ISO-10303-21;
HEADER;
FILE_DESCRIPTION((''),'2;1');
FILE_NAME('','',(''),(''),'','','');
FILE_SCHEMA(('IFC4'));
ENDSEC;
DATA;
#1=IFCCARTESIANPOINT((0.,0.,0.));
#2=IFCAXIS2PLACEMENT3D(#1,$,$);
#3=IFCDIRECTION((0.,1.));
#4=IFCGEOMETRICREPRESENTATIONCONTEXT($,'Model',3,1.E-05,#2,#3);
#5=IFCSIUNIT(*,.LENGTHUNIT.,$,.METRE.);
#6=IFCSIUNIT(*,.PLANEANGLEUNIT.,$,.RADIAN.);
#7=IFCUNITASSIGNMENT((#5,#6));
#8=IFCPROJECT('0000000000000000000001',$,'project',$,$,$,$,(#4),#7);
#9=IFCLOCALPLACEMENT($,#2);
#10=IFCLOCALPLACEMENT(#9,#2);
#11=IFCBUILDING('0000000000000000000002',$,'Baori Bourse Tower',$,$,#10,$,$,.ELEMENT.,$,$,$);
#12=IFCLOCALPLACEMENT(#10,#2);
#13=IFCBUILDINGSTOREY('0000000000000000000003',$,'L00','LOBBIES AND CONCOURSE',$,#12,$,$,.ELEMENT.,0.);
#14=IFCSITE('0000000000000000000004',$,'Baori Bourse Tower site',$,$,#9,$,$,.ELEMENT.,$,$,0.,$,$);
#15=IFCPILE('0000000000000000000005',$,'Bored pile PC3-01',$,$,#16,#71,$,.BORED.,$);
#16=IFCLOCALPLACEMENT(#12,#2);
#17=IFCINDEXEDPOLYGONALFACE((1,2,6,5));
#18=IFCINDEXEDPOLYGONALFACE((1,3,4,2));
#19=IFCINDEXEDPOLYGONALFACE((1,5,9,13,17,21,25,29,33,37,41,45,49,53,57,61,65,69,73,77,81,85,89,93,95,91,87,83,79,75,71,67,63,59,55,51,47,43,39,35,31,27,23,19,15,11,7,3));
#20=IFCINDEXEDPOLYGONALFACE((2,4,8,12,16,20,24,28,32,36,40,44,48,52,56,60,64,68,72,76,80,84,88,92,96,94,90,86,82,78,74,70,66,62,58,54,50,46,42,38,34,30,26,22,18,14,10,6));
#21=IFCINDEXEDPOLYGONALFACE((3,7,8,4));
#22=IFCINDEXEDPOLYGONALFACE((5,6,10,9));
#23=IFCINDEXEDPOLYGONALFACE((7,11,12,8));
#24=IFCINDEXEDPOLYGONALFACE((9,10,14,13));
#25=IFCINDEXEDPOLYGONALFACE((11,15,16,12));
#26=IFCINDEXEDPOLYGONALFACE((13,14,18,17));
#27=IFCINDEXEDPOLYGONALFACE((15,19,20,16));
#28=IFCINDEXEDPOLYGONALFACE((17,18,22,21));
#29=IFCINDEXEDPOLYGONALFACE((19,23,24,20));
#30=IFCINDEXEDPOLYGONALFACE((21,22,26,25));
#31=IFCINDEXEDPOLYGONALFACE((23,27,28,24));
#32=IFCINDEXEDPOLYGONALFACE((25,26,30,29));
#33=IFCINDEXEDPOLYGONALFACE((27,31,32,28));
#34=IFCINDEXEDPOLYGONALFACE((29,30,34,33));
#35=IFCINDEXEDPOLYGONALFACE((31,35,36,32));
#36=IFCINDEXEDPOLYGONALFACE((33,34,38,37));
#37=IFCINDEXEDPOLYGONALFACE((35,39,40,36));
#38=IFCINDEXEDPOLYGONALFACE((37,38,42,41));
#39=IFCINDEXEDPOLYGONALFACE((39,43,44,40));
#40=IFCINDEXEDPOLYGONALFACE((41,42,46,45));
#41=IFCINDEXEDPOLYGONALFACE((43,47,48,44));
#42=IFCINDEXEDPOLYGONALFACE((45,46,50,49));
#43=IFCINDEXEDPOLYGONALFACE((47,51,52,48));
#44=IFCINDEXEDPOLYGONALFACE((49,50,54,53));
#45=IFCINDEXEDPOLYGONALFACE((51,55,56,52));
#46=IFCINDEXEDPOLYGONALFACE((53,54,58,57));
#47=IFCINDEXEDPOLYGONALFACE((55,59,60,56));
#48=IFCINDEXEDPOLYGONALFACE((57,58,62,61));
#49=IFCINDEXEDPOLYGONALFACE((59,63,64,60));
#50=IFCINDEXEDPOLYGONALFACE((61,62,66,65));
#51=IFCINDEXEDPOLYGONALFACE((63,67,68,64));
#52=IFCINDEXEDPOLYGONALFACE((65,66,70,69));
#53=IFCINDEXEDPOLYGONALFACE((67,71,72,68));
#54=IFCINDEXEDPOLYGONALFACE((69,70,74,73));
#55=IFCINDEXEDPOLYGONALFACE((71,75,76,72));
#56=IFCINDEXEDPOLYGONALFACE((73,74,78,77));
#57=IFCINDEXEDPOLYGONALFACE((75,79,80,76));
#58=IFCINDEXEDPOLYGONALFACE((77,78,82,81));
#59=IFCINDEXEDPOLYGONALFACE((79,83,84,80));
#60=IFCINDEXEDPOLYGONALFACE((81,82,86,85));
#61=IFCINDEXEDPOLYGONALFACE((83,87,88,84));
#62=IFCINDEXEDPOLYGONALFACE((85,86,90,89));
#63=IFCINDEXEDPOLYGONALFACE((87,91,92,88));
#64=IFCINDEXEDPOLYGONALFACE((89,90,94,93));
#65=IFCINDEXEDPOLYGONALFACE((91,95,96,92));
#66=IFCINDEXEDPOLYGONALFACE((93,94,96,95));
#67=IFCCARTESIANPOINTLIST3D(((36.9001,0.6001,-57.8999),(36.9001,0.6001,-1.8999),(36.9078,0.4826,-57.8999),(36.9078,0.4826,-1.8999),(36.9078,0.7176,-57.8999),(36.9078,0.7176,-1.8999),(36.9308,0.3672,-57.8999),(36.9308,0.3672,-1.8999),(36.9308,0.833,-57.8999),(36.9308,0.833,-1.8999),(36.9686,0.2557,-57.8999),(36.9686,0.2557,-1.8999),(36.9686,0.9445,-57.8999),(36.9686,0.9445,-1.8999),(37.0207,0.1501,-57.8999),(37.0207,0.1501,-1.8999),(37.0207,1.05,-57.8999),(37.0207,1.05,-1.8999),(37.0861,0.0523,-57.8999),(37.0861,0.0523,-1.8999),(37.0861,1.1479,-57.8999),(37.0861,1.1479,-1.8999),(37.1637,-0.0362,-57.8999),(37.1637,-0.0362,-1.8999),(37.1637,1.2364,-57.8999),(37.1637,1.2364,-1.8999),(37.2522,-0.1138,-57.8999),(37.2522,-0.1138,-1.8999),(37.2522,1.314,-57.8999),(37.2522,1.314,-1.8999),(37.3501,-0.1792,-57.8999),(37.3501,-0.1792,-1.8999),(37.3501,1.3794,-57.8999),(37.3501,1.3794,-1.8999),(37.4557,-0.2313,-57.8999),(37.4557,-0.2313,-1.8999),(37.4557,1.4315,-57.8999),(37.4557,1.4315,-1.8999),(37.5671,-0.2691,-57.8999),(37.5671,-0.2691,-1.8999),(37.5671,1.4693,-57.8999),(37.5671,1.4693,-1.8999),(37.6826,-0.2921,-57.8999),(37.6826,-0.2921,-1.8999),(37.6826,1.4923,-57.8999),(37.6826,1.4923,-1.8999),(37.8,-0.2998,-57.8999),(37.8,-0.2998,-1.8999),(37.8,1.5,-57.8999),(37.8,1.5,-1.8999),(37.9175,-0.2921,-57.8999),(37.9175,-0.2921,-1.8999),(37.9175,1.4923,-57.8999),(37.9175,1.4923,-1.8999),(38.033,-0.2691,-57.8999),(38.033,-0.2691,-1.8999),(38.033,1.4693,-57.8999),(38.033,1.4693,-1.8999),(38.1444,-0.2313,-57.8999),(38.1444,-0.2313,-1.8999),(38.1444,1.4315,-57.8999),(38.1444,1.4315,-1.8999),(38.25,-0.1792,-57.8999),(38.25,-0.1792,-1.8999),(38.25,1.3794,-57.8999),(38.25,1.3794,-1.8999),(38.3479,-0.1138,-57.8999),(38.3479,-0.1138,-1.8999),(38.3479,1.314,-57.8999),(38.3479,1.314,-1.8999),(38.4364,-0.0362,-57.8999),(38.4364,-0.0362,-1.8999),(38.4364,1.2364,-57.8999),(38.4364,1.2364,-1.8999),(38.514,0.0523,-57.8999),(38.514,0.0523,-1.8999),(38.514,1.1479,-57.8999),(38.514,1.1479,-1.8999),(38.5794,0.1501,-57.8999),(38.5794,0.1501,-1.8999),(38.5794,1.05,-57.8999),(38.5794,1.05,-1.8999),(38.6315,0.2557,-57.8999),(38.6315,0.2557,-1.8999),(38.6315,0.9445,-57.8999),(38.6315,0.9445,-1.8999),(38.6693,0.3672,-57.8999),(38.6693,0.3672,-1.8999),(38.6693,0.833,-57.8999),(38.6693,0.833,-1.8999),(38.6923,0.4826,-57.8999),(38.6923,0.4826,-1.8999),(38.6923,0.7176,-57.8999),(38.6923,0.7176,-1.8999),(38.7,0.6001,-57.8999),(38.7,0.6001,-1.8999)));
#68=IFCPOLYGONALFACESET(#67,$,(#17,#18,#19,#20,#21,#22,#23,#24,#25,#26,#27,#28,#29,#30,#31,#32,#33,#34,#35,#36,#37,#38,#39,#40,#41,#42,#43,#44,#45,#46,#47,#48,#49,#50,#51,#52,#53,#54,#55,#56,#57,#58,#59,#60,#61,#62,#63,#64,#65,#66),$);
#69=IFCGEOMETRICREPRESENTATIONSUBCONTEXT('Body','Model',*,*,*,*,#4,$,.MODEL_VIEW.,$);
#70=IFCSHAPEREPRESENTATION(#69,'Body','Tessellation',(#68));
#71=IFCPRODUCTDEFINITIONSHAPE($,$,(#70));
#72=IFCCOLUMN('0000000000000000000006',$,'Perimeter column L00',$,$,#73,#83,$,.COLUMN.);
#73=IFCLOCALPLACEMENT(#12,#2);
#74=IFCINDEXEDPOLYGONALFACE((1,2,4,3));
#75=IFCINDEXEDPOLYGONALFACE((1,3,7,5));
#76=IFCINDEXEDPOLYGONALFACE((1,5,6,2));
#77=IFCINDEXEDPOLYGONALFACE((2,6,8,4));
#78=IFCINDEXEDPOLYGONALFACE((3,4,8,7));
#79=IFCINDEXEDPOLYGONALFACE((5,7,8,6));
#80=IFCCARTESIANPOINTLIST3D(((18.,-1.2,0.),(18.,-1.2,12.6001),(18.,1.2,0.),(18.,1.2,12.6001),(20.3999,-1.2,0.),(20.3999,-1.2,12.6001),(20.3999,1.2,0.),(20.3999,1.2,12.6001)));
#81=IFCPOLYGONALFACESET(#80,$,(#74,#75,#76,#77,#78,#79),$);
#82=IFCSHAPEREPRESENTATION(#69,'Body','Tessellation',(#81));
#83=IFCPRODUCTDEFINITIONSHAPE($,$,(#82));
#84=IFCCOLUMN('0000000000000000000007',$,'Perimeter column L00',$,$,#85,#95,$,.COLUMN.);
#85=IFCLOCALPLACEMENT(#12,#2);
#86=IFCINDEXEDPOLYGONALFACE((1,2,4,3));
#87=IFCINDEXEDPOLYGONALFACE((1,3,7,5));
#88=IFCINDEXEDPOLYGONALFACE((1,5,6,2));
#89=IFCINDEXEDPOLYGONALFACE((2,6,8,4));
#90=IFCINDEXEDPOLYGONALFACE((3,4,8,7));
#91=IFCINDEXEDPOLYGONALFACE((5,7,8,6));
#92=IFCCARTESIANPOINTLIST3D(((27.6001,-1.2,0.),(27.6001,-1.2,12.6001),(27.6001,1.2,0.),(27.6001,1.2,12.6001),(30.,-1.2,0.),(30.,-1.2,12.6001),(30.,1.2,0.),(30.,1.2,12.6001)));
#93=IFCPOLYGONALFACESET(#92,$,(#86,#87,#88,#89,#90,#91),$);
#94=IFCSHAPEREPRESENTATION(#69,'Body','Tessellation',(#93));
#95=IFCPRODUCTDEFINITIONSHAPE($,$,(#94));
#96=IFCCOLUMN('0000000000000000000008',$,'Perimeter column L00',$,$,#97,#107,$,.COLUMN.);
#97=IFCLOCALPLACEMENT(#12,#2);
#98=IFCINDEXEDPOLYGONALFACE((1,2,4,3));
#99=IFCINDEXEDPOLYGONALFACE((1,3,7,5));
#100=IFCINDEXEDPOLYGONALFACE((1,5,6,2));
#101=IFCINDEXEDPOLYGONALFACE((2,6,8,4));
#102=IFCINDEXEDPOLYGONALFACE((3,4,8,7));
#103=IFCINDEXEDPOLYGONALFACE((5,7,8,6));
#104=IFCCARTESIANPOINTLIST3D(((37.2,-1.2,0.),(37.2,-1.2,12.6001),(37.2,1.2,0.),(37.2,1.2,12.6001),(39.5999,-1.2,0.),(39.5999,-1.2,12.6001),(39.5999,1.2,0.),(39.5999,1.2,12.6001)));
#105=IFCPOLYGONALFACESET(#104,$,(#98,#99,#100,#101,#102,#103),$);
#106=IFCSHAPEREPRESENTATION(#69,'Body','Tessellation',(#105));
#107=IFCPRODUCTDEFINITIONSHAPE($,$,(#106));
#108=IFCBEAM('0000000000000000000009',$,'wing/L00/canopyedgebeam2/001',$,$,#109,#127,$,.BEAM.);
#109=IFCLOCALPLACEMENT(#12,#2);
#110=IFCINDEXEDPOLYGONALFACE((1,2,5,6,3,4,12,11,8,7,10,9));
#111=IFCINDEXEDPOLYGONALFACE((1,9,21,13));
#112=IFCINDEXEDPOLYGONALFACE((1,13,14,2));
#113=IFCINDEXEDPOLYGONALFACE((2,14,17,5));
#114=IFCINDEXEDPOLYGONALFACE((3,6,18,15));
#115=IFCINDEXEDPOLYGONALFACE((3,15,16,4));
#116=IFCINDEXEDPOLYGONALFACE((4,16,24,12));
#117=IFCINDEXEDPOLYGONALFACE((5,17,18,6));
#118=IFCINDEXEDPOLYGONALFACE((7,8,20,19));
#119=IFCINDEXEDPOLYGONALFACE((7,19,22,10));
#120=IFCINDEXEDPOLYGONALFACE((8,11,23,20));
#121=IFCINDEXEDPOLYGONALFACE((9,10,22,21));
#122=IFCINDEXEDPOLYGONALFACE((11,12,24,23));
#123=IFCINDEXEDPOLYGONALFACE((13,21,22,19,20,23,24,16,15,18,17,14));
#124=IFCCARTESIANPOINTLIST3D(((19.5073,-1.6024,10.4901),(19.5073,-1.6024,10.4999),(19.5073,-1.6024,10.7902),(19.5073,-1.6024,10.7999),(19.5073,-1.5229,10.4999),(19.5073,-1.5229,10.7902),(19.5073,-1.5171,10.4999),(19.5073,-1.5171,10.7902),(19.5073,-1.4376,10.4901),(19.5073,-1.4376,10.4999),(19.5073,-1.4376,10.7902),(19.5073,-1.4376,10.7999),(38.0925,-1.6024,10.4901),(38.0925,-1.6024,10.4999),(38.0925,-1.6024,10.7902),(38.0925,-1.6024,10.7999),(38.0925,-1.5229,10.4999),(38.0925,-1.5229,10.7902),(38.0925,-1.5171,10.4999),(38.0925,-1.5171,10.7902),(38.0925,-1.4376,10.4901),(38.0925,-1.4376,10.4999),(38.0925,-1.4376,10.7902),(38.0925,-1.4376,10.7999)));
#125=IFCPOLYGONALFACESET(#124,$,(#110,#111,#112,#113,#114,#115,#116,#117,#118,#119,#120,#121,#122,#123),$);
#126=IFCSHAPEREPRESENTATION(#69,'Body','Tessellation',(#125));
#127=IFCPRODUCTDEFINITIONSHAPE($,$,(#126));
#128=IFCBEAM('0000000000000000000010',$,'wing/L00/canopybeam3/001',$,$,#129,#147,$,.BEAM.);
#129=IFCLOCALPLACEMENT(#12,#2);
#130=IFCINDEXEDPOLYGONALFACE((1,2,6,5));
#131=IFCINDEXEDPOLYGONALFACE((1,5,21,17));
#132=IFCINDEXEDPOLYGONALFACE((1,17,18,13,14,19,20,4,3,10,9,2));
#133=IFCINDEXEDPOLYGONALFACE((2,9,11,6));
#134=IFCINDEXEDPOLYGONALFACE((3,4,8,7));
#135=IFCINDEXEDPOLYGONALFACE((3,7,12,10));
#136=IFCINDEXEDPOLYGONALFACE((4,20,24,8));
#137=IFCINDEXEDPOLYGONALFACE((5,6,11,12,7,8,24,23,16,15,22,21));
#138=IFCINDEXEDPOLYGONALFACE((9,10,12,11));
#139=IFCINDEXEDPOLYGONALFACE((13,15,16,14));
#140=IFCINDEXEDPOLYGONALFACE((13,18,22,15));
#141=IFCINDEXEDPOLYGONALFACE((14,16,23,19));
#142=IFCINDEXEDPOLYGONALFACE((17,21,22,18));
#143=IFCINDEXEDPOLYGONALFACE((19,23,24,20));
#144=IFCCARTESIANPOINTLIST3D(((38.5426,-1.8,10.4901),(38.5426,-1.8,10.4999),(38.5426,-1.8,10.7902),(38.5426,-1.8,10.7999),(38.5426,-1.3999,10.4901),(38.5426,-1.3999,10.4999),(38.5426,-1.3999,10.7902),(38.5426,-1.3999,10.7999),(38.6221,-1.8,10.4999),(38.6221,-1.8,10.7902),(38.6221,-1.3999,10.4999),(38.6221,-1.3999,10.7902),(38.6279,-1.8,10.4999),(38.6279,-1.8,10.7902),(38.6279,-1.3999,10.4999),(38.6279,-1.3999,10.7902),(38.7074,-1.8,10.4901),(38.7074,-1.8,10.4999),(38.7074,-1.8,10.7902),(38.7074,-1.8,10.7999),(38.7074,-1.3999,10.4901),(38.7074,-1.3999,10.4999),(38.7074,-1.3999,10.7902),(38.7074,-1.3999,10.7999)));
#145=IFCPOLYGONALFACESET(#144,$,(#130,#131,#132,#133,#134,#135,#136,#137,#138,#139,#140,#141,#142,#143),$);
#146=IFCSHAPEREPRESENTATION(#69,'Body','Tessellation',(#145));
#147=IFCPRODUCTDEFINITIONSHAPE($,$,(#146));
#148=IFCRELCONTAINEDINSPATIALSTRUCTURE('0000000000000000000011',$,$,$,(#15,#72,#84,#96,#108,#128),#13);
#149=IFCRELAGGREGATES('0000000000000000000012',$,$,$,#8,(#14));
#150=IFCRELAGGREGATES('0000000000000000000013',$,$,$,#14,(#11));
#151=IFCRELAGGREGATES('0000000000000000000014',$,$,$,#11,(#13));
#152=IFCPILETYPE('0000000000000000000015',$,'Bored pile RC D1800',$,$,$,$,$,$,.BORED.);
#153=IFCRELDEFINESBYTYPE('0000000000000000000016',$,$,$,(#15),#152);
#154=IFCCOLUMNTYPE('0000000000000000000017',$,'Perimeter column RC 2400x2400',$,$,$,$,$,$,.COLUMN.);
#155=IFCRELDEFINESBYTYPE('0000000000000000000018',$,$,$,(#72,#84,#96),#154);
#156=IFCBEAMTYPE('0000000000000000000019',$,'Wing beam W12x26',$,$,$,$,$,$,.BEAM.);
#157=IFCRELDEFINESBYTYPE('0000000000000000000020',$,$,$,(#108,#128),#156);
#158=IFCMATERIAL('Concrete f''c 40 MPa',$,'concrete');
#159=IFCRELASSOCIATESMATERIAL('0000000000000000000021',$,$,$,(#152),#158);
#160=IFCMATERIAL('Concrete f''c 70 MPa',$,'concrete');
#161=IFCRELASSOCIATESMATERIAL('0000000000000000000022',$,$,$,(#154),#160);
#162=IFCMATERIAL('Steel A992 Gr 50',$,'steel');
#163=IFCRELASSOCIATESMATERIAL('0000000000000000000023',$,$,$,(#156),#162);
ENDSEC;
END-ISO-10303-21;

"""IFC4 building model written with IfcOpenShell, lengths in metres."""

from ifc_helpers import new_model, si_unit, direction, frame, origin, origin_2d, place, context, subcontext, project, spatial, rectangle, circle, i_section, extrude, material, material_profile, profile_set, type_object, element, save


model = new_model("IFC4")

# Units and contexts
model_context = context("Model", 3, precision=1e-05, world=origin(), true_north=direction((0.0, 1.0)))
body_context = subcontext(model_context, "Body", "Model", "MODEL_VIEW")
ifc_project = project(units=[si_unit("LENGTHUNIT", "METRE"), si_unit("PLANEANGLEUNIT", "RADIAN")], contexts=[model_context])

# Site, building, storey
site_placement = place(None, origin())
site = spatial("IfcSite", under=ifc_project, at=site_placement, Name="Baori Bourse Tower site", CompositionType="ELEMENT", RefElevation=0.0)
building_placement = place(site_placement, origin())
building = spatial("IfcBuilding", under=site, at=building_placement, Name="Baori Bourse Tower", CompositionType="ELEMENT")
storey_placement = place(building_placement, origin())
storey = spatial("IfcBuildingStorey", under=building, at=storey_placement, Name="L00", Description="LOBBIES AND CONCOURSE", CompositionType="ELEMENT", Elevation=0.0)

# Pile
ifc_material_1 = material(Name="Concrete f'c 40 MPa", Category="concrete")
ifc_material_profile_1 = material_profile(ifc_material_1, circle(Radius=0.8999, at=origin_2d()), Name="RC D1800")
ifc_profile_set_1 = profile_set([ifc_material_profile_1], Name="Concrete f'c 40 MPa")
pile_type = type_object("IfcPileType", Name="Bored pile RC D1800", PredefinedType="BORED", material=ifc_profile_set_1)
pile_1_placement = place(storey_placement, frame((37.8, 0.6001, -1.8999), z_axis=(0.0, 0.0, -1.0), x_axis=(1.0, 0.0, 0.0)))
element("IfcPile", 1, at=pile_1_placement, inside=storey, type_object=pile_type, Name="Bored pile PC3-01", PredefinedType="BORED", context=body_context, shape_type="SweptSolid", body=[
    extrude(circle(Radius=0.8999, at=origin_2d()), origin(), (0.0, 0.0, 1.0), 56.0),
])

# Columns
ifc_material_2 = material(Name="Concrete f'c 70 MPa", Category="concrete")
ifc_material_profile_2 = material_profile(ifc_material_2, rectangle(XDim=2.3999, YDim=2.3999, at=origin_2d()), Name="RC 2400x2400")
ifc_profile_set_2 = profile_set([ifc_material_profile_2], Name="Concrete f'c 70 MPa")
column_type = type_object("IfcColumnType", Name="Perimeter column RC 2400x2400", PredefinedType="COLUMN", material=ifc_profile_set_2)
for number, where, z_axis, x_axis, name in (
    (2, (19.2, 0.0, 0.0), (0.0, 0.0, 1.0), (1.0, 0.0, 0.0), "Perimeter column L00"),
    (3, (28.8, 0.0, 0.0), (0.0, 0.0, 1.0), (1.0, 0.0, 0.0), "Perimeter column L00"),
    (4, (38.3999, 0.0, 0.0), (0.0, 0.0, 1.0), (1.0, 0.0, 0.0), "Perimeter column L00"),
):
    element("IfcColumn", number, at=place(storey_placement, frame(where, z_axis=z_axis, x_axis=x_axis)), inside=storey, type_object=column_type, Name=name, PredefinedType="COLUMN", context=body_context, shape_type="SweptSolid", body=[
        extrude(rectangle(XDim=2.3999, YDim=2.3999, at=origin_2d()), origin(), (0.0, 0.0, 1.0), 12.6001),
    ])

# Beams
ifc_material_3 = material(Name="Steel A992 Gr 50", Category="steel")
ifc_material_profile_3 = material_profile(ifc_material_3, i_section(OverallWidth=0.1648, OverallDepth=0.3098, WebThickness=0.0059, FlangeThickness=0.0098, at=origin_2d()), Name="W12x26")
ifc_profile_set_3 = profile_set([ifc_material_profile_3], Name="Steel A992 Gr 50")
beam_type = type_object("IfcBeamType", Name="Wing beam W12x26", PredefinedType="BEAM", material=ifc_profile_set_3)
beam_1_placement = place(storey_placement, frame((19.5073, -1.52, 10.645), z_axis=(1.0, 0.0, 0.0), x_axis=(0.0, 1.0, 0.0)))
element("IfcBeam", 5, at=beam_1_placement, inside=storey, type_object=beam_type, Name="wing/L00/canopyedgebeam2/001", PredefinedType="BEAM", context=body_context, shape_type="SweptSolid", body=[
    extrude(i_section(OverallWidth=0.1648, OverallDepth=0.3098, WebThickness=0.0059, FlangeThickness=0.0098, at=origin_2d()), origin(), (0.0, 0.0, 1.0), 18.5852),
])
beam_2_placement = place(storey_placement, frame((38.625, -1.8, 10.645), z_axis=(0.0, 1.0, 0.0), x_axis=(-1.0, 0.0, 0.0)))
element("IfcBeam", 6, at=beam_2_placement, inside=storey, type_object=beam_type, Name="wing/L00/canopybeam3/001", PredefinedType="BEAM", context=body_context, shape_type="SweptSolid", body=[
    extrude(i_section(OverallWidth=0.1648, OverallDepth=0.3098, WebThickness=0.0059, FlangeThickness=0.0098, at=origin_2d()), origin(), (0.0, 0.0, 1.0), 0.4001),
])

save(model, "model.ifc")
